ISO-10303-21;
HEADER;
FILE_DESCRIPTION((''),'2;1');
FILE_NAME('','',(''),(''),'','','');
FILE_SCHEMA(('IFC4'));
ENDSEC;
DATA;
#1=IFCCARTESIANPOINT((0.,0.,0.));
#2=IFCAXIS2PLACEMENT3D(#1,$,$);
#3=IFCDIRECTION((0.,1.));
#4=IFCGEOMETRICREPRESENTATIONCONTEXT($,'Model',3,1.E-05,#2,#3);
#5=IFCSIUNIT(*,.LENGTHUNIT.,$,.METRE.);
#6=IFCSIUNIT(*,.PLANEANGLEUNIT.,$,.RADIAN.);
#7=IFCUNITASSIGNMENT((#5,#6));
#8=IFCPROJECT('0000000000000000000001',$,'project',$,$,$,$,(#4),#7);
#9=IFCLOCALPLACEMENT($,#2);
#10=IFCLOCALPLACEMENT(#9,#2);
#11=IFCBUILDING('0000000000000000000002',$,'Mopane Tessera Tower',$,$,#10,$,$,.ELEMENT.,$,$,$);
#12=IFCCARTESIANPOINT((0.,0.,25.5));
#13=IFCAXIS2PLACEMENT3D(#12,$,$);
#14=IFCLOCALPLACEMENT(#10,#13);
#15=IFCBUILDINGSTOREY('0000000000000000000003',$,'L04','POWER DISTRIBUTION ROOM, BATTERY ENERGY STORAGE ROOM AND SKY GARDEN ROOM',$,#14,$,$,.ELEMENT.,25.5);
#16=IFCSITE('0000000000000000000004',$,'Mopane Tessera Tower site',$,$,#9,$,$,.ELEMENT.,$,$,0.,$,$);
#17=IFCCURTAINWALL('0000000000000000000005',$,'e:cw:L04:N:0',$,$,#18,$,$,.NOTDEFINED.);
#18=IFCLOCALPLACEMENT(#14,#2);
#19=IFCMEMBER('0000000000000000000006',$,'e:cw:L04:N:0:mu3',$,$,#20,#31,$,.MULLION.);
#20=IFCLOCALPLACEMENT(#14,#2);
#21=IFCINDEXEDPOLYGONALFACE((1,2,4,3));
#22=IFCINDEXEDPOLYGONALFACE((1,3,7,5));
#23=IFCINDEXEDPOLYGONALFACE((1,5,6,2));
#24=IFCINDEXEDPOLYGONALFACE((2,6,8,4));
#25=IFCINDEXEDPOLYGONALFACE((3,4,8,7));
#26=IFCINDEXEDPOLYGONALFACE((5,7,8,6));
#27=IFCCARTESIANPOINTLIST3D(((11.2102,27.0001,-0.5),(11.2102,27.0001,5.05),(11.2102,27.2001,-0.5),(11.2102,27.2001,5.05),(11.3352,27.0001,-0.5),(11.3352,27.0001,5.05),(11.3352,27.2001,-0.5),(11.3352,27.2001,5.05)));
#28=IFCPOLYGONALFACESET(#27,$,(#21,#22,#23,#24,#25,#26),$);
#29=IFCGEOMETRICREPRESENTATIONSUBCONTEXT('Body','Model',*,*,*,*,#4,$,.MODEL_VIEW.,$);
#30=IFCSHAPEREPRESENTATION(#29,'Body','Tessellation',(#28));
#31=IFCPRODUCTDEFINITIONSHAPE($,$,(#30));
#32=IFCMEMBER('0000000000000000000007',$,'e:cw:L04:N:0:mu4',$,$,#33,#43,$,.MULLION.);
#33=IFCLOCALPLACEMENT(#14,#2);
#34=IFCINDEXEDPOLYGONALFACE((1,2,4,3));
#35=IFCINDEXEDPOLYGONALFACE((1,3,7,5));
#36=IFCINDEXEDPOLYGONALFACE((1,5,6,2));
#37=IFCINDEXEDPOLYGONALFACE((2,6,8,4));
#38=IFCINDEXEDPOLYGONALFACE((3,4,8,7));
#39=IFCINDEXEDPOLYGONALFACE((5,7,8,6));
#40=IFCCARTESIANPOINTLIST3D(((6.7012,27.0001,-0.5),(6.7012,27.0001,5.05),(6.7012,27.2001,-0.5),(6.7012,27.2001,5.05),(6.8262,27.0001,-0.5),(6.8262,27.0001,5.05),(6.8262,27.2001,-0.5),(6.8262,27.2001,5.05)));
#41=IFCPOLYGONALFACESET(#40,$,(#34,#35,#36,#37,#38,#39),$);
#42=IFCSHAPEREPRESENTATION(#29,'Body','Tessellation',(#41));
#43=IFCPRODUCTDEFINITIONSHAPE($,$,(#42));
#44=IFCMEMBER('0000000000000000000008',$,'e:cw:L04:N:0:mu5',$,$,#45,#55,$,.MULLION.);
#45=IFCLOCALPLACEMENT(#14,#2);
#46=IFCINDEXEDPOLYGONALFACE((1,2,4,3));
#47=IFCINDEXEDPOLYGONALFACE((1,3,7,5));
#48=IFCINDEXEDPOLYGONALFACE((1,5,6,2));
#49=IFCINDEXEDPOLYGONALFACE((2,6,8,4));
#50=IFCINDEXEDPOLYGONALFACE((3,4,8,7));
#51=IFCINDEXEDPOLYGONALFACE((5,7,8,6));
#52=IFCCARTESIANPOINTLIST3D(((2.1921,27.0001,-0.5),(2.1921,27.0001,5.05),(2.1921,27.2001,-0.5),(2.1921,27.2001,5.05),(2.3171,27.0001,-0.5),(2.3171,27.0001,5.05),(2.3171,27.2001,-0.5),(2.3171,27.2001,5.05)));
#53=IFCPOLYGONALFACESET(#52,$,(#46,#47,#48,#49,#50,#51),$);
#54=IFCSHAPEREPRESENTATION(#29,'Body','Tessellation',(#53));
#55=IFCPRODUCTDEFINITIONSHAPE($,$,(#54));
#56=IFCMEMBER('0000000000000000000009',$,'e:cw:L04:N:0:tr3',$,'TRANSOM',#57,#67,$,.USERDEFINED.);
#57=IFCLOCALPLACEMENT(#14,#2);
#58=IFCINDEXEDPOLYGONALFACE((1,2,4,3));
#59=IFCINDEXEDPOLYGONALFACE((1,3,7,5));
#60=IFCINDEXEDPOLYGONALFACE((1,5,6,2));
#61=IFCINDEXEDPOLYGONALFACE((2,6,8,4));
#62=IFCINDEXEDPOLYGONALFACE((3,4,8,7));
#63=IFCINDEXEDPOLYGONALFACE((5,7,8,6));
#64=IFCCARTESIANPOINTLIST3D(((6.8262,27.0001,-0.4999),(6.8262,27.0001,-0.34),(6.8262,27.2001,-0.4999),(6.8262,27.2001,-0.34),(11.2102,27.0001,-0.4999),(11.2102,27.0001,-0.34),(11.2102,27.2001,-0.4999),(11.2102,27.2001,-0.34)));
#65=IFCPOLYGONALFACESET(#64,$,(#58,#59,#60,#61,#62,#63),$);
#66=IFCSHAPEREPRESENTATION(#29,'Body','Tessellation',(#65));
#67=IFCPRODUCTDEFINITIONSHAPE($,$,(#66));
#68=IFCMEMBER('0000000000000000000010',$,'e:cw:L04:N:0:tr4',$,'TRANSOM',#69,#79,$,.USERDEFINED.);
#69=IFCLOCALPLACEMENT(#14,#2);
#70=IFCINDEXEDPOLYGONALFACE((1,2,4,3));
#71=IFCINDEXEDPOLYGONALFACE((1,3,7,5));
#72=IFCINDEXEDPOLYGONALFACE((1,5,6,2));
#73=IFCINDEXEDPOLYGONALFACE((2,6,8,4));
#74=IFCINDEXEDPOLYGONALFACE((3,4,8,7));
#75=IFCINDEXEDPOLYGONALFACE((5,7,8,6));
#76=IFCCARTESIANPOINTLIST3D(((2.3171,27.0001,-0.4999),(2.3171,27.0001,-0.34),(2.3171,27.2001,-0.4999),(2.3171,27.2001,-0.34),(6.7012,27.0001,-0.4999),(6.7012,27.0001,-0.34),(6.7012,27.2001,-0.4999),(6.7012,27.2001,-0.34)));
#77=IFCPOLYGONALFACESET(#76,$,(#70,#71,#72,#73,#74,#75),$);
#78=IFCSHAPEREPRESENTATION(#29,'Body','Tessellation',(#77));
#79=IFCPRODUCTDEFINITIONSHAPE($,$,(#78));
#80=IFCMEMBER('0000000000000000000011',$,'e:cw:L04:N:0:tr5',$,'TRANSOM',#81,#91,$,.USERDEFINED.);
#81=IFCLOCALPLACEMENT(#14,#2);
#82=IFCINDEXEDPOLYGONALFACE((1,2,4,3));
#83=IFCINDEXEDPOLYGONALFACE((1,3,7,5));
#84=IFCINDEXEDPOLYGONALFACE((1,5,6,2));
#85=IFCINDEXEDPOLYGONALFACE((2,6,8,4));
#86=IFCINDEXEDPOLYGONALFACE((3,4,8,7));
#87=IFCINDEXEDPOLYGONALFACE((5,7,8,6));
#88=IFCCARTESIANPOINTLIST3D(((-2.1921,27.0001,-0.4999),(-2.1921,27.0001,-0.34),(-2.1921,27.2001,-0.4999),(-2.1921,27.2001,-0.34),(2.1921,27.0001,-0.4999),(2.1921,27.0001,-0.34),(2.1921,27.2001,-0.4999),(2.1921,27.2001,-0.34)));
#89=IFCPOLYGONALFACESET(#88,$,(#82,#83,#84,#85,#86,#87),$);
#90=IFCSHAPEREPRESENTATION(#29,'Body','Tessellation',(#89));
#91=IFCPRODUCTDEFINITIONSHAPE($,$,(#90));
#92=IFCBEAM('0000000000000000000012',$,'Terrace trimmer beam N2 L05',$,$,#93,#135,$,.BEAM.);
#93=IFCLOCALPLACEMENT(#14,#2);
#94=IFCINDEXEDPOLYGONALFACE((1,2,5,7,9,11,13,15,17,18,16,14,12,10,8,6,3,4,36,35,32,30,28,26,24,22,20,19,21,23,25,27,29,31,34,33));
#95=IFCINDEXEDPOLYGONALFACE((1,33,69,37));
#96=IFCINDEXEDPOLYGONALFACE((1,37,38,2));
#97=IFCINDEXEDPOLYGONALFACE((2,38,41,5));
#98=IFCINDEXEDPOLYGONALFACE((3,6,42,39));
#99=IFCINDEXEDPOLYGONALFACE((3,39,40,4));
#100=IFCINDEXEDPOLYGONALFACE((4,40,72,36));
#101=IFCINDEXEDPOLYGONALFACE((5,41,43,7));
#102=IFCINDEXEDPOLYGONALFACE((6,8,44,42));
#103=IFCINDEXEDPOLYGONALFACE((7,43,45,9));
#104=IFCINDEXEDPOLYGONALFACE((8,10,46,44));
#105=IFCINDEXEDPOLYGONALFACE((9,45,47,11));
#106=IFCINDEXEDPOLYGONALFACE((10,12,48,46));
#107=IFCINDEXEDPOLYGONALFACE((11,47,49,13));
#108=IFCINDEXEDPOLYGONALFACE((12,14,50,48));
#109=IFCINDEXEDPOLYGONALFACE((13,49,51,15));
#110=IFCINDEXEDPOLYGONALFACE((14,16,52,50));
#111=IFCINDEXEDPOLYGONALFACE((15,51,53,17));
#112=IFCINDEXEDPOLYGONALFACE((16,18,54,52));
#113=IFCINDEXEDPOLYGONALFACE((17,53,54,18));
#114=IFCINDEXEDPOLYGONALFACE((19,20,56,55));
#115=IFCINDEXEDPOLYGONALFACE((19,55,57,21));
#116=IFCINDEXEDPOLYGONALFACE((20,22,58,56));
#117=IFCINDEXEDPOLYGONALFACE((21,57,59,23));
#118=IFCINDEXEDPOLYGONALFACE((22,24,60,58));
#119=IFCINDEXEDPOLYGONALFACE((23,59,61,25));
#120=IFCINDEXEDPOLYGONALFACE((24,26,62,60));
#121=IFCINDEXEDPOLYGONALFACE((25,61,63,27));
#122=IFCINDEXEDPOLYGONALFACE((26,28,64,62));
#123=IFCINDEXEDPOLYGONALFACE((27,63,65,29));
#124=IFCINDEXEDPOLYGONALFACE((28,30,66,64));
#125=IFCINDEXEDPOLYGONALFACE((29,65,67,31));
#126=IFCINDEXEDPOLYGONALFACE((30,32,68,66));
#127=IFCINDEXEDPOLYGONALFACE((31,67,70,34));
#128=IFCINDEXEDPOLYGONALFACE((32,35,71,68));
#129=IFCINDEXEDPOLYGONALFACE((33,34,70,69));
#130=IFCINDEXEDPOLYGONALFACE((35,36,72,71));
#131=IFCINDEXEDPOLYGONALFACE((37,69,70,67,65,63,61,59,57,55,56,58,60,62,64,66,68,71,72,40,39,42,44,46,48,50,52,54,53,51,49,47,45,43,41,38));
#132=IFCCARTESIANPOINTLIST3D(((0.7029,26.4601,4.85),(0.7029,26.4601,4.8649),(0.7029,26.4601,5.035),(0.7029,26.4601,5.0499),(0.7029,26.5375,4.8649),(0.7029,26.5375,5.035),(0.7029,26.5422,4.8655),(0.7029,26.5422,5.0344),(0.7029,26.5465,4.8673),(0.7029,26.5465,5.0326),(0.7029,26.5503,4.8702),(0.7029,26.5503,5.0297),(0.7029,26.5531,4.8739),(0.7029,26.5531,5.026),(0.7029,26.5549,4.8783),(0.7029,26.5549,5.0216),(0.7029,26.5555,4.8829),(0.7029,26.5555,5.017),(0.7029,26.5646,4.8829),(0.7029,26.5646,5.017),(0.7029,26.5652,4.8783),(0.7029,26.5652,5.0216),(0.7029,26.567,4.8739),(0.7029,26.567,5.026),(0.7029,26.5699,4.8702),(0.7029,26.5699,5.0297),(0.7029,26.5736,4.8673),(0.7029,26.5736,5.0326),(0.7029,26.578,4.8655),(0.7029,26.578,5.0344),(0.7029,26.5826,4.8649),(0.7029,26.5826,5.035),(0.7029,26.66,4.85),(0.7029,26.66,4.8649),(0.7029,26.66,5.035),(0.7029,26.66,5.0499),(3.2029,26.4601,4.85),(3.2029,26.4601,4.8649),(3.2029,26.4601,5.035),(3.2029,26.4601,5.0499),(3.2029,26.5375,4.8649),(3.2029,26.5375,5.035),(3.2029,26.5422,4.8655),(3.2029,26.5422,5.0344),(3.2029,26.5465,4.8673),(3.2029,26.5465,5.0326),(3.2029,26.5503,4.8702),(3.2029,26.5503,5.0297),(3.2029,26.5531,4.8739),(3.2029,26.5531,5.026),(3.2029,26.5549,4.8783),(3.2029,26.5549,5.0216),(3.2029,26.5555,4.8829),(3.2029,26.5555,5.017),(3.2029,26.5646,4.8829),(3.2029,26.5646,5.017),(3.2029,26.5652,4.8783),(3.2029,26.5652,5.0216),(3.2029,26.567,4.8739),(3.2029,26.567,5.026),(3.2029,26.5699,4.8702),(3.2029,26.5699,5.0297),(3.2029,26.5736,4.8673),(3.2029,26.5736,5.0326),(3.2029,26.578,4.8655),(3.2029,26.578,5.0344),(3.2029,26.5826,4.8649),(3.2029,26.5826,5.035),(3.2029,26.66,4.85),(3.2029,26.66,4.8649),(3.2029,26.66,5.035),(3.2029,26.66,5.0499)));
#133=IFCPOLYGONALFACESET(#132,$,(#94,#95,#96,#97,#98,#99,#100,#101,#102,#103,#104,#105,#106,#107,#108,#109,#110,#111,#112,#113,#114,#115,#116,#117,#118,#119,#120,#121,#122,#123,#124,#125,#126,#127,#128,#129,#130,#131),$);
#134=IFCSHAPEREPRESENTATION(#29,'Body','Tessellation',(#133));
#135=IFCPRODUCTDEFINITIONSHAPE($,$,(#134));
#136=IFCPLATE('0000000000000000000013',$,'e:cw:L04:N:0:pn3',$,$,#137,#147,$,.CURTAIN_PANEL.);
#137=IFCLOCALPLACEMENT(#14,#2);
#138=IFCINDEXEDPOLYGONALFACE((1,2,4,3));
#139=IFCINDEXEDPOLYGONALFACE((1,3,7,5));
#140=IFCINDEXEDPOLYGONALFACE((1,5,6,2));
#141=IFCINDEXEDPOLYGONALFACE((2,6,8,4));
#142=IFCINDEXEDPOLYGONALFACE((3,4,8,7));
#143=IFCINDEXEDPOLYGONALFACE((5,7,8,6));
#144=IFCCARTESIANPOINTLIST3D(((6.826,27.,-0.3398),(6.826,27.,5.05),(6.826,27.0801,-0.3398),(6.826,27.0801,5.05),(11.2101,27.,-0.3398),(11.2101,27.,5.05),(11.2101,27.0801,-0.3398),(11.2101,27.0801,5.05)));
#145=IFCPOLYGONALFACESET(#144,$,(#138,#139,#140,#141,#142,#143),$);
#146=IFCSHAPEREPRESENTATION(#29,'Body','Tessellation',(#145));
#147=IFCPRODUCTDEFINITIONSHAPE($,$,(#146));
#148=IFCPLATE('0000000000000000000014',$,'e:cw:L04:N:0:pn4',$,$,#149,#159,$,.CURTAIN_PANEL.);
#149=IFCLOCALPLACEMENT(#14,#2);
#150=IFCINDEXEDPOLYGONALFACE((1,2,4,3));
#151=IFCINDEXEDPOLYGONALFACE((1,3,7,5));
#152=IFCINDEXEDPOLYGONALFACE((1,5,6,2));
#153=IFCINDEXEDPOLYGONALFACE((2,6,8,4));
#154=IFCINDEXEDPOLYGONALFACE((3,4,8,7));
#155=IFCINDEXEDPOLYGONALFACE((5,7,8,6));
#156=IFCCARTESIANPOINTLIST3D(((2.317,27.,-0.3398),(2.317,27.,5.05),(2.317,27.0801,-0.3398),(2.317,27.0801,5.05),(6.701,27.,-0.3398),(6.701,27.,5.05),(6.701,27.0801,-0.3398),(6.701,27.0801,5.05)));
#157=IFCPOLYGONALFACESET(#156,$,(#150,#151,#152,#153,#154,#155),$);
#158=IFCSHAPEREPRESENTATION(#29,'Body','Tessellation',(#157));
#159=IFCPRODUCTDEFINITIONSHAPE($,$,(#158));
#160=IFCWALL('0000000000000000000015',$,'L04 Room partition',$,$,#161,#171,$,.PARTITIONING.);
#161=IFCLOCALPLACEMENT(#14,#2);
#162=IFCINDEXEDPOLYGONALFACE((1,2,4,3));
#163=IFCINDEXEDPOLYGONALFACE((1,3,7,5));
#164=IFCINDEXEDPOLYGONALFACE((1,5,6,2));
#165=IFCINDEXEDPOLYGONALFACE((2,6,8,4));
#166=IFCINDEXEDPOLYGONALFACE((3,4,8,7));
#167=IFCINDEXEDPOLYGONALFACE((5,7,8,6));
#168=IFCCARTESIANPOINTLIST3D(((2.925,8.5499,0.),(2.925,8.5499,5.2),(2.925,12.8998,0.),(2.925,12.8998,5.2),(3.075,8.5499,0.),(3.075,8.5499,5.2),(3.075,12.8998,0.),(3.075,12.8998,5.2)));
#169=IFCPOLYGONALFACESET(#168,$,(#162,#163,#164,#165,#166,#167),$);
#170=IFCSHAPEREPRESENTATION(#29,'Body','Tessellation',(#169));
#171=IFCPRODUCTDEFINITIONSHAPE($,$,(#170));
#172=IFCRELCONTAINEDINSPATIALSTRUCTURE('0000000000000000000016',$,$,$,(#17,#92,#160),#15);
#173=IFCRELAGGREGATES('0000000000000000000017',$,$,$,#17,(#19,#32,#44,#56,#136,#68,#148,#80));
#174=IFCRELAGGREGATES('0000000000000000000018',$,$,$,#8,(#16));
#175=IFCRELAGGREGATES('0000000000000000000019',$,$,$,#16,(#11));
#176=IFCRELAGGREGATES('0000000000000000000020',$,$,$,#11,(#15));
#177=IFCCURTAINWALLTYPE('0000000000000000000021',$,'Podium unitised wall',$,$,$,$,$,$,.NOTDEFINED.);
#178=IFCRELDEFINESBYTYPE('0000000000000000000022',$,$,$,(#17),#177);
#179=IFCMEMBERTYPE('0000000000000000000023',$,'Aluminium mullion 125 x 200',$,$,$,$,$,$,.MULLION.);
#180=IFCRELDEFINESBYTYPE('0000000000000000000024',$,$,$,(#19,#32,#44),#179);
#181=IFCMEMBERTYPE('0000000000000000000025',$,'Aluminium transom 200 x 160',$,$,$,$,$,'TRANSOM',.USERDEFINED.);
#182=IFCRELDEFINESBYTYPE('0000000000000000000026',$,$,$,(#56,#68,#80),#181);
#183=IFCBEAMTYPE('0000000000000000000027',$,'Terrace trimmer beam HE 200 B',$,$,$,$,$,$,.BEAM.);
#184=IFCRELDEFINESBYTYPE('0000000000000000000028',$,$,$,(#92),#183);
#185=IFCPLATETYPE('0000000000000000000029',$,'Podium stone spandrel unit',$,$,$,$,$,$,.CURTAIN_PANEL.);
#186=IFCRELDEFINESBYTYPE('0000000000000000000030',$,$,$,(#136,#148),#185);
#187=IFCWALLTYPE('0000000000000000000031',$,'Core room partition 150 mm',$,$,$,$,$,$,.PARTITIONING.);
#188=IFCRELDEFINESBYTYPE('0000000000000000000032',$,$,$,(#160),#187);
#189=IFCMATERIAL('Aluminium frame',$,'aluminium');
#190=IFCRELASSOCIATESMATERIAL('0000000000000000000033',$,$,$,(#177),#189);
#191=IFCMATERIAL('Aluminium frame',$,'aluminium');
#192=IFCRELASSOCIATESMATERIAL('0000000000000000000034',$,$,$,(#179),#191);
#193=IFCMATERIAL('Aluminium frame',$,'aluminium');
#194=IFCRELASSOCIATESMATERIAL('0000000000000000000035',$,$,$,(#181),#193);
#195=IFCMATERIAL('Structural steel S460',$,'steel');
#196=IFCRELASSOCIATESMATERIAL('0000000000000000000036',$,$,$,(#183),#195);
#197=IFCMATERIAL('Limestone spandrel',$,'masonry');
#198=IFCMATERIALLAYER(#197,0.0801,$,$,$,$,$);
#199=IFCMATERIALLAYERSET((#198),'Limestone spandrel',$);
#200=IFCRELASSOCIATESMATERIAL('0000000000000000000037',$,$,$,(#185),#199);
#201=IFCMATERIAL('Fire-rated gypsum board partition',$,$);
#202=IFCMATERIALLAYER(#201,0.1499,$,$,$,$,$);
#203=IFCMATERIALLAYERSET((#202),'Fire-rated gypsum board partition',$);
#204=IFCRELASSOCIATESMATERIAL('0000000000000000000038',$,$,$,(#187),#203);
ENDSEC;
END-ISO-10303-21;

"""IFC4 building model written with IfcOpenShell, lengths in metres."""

from ifc_helpers import new_model, si_unit, direction, frame, frame_2d, origin, origin_2d, place, context, subcontext, project, spatial, rectangle, i_section, extrude, material, layer, layer_set, material_profile, profile_set, type_object, element, aggregate, save


model = new_model("IFC4")

# Units and contexts
model_context = context("Model", 3, precision=1e-05, world=origin(), true_north=direction((0.0, 1.0)))
body_context = subcontext(model_context, "Body", "Model", "MODEL_VIEW")
ifc_project = project(units=[si_unit("LENGTHUNIT", "METRE"), si_unit("PLANEANGLEUNIT", "RADIAN")], contexts=[model_context])

# Site, building, storey
site_placement = place(None, origin())
site = spatial("IfcSite", under=ifc_project, at=site_placement, Name="Mopane Tessera Tower site", CompositionType="ELEMENT", RefElevation=0.0)
building_placement = place(site_placement, origin())
building = spatial("IfcBuilding", under=site, at=building_placement, Name="Mopane Tessera Tower", CompositionType="ELEMENT")
storey_placement = place(building_placement, frame((0.0, 0.0, 25.5)))
storey = spatial("IfcBuildingStorey", under=building, at=storey_placement, Name="L04", Description="POWER DISTRIBUTION ROOM, BATTERY ENERGY STORAGE ROOM AND SKY GARDEN ROOM", CompositionType="ELEMENT", Elevation=25.5)

# Curtain wall, members
ifc_material_1 = material(Name="Aluminium frame", Category="aluminium")
curtain_wall_type = type_object("IfcCurtainWallType", Name="Podium unitised wall", PredefinedType="NOTDEFINED", material=ifc_material_1)
curtain_wall_placement = place(storey_placement, origin())
curtain_wall = element("IfcCurtainWall", 1, at=curtain_wall_placement, inside=storey, type_object=curtain_wall_type, Name="e:cw:L04:N:0", PredefinedType="NOTDEFINED")
ifc_material_2 = material(Name="Aluminium frame", Category="aluminium")
ifc_material_profile_1 = material_profile(ifc_material_2, rectangle(XDim=0.125, YDim=0.2, at=origin_2d()))
ifc_profile_set_1 = profile_set([ifc_material_profile_1], Name="Aluminium frame")
member_type_1 = type_object("IfcMemberType", Name="Aluminium mullion 125 x 200", PredefinedType="MULLION", material=ifc_profile_set_1)
member_1_placement = place(storey_placement, frame((11.2727, 27.1001, -0.5), z_axis=(0.0, 0.0, 1.0), x_axis=(-1.0, 0.0, 0.0)))
member_1 = element("IfcMember", 2, at=member_1_placement, type_object=member_type_1, Name="e:cw:L04:N:0:mu3", PredefinedType="MULLION", context=body_context, shape_type="SweptSolid", body=[
    extrude(rectangle(XDim=0.125, YDim=0.2, at=origin_2d()), origin(), (0.0, 0.0, 1.0), 5.55),
])
member_2_placement = place(storey_placement, frame((6.7637, 27.1001, -0.5), z_axis=(0.0, 0.0, 1.0), x_axis=(-1.0, 0.0, 0.0)))
member_2 = element("IfcMember", 3, at=member_2_placement, type_object=member_type_1, Name="e:cw:L04:N:0:mu4", PredefinedType="MULLION", context=body_context, shape_type="SweptSolid", body=[
    extrude(rectangle(XDim=0.125, YDim=0.2, at=origin_2d()), origin(), (0.0, 0.0, 1.0), 5.55),
])
member_3_placement = place(storey_placement, frame((2.2546, 27.1001, -0.5), z_axis=(0.0, 0.0, 1.0), x_axis=(-1.0, 0.0, 0.0)))
member_3 = element("IfcMember", 4, at=member_3_placement, type_object=member_type_1, Name="e:cw:L04:N:0:mu5", PredefinedType="MULLION", context=body_context, shape_type="SweptSolid", body=[
    extrude(rectangle(XDim=0.125, YDim=0.2, at=origin_2d()), origin(), (0.0, 0.0, 1.0), 5.55),
])
ifc_material_3 = material(Name="Aluminium frame", Category="aluminium")
ifc_material_profile_2 = material_profile(ifc_material_3, rectangle(XDim=0.2, YDim=0.1599, at=origin_2d()))
ifc_profile_set_2 = profile_set([ifc_material_profile_2], Name="Aluminium frame")
member_type_2 = type_object("IfcMemberType", Name="Aluminium transom 200 x 160", ElementType="TRANSOM", PredefinedType="USERDEFINED", material=ifc_profile_set_2)
member_4_placement = place(storey_placement, frame((11.2102, 27.1001, -0.4199), z_axis=(-1.0, 0.0, 0.0), x_axis=(0.0, -1.0, 0.0)))
member_4 = element("IfcMember", 5, at=member_4_placement, type_object=member_type_2, Name="e:cw:L04:N:0:tr3", ObjectType="TRANSOM", PredefinedType="USERDEFINED", context=body_context, shape_type="SweptSolid", body=[
    extrude(rectangle(XDim=0.2, YDim=0.1599, at=origin_2d()), origin(), (0.0, 0.0, 1.0), 4.384),
])
member_5_placement = place(storey_placement, frame((6.7012, 27.1001, -0.4199), z_axis=(-1.0, 0.0, 0.0), x_axis=(0.0, -1.0, 0.0)))
member_5 = element("IfcMember", 6, at=member_5_placement, type_object=member_type_2, Name="e:cw:L04:N:0:tr4", ObjectType="TRANSOM", PredefinedType="USERDEFINED", context=body_context, shape_type="SweptSolid", body=[
    extrude(rectangle(XDim=0.2, YDim=0.1599, at=origin_2d()), origin(), (0.0, 0.0, 1.0), 4.384),
])
member_6_placement = place(storey_placement, frame((2.1921, 27.1001, -0.4199), z_axis=(-1.0, 0.0, 0.0), x_axis=(0.0, -1.0, 0.0)))
member_6 = element("IfcMember", 7, at=member_6_placement, type_object=member_type_2, Name="e:cw:L04:N:0:tr5", ObjectType="TRANSOM", PredefinedType="USERDEFINED", context=body_context, shape_type="SweptSolid", body=[
    extrude(rectangle(XDim=0.2, YDim=0.1599, at=origin_2d()), origin(), (0.0, 0.0, 1.0), 4.3843),
])

# Beam
ifc_material_4 = material(Name="Structural steel S460", Category="steel")
ifc_material_profile_3 = material_profile(ifc_material_4, i_section(OverallWidth=0.2, OverallDepth=0.2, WebThickness=0.009, FlangeThickness=0.0149, FilletRadius=0.0181, at=origin_2d()))
ifc_profile_set_3 = profile_set([ifc_material_profile_3], Name="Structural steel S460")
beam_type = type_object("IfcBeamType", Name="Terrace trimmer beam HE 200 B", PredefinedType="BEAM", material=ifc_profile_set_3)
beam_placement = place(storey_placement, frame((0.7029, 26.5601, 4.95), z_axis=(1.0, 0.0, 0.0), x_axis=(0.0, 1.0, 0.0)))
element("IfcBeam", 8, at=beam_placement, inside=storey, type_object=beam_type, Name="Terrace trimmer beam N2 L05", PredefinedType="BEAM", context=body_context, shape_type="SweptSolid", body=[
    extrude(i_section(OverallWidth=0.2, OverallDepth=0.2, WebThickness=0.009, FlangeThickness=0.0149, FilletRadius=0.0181, at=origin_2d()), origin(), (0.0, 0.0, 1.0), 2.5),
])

# Plates
ifc_material_5 = material(Name="Limestone spandrel", Category="masonry")
ifc_layer_1 = layer(ifc_material_5, 0.0801)
ifc_layer_set_1 = layer_set([ifc_layer_1], Name="Limestone spandrel")
plate_type = type_object("IfcPlateType", Name="Podium stone spandrel unit", PredefinedType="CURTAIN_PANEL", material=ifc_layer_set_1)
plate_1_placement = place(storey_placement, frame((9.0181, 27.04, -0.3398), z_axis=(0.0, 0.0, 1.0), x_axis=(-1.0, 0.0, 0.0)))
plate_1 = element("IfcPlate", 9, at=plate_1_placement, type_object=plate_type, Name="e:cw:L04:N:0:pn3", PredefinedType="CURTAIN_PANEL", context=body_context, shape_type="SweptSolid", body=[
    extrude(rectangle(XDim=4.384, YDim=0.0801, at=origin_2d()), origin(), (0.0, 0.0, 1.0), 5.3899),
])
plate_2_placement = place(storey_placement, frame((4.509, 27.04, -0.3398), z_axis=(0.0, 0.0, 1.0), x_axis=(-1.0, 0.0, 0.0)))
plate_2 = element("IfcPlate", 10, at=plate_2_placement, type_object=plate_type, Name="e:cw:L04:N:0:pn4", PredefinedType="CURTAIN_PANEL", context=body_context, shape_type="SweptSolid", body=[
    extrude(rectangle(XDim=4.384, YDim=0.0801, at=origin_2d()), origin(), (0.0, 0.0, 1.0), 5.3899),
])
aggregate(curtain_wall, [member_1, member_2, member_3, member_4, plate_1, member_5, plate_2, member_6])

# Wall
ifc_material_6 = material(Name="Fire-rated gypsum board partition")
ifc_layer_2 = layer(ifc_material_6, 0.1499)
ifc_layer_set_2 = layer_set([ifc_layer_2], Name="Fire-rated gypsum board partition")
wall_type_1 = type_object("IfcWallType", Name="Core room partition 150 mm", PredefinedType="PARTITIONING", material=ifc_layer_set_2)
wall_1_placement = place(storey_placement, frame((3.0, 8.55, 0.0), z_axis=(0.0, 0.0, 1.0), x_axis=(0.0, 1.0, 0.0)))
element("IfcWall", 11, at=wall_1_placement, inside=storey, type_object=wall_type_1, Name="L04 Room partition", PredefinedType="PARTITIONING", context=body_context, shape_type="SweptSolid", body=[
    extrude(rectangle(XDim=4.3499, YDim=0.1499, at=frame_2d((2.1748, 0.0))), origin(), (0.0, 0.0, 1.0), 5.2),
])

save(model, "model.ifc")
